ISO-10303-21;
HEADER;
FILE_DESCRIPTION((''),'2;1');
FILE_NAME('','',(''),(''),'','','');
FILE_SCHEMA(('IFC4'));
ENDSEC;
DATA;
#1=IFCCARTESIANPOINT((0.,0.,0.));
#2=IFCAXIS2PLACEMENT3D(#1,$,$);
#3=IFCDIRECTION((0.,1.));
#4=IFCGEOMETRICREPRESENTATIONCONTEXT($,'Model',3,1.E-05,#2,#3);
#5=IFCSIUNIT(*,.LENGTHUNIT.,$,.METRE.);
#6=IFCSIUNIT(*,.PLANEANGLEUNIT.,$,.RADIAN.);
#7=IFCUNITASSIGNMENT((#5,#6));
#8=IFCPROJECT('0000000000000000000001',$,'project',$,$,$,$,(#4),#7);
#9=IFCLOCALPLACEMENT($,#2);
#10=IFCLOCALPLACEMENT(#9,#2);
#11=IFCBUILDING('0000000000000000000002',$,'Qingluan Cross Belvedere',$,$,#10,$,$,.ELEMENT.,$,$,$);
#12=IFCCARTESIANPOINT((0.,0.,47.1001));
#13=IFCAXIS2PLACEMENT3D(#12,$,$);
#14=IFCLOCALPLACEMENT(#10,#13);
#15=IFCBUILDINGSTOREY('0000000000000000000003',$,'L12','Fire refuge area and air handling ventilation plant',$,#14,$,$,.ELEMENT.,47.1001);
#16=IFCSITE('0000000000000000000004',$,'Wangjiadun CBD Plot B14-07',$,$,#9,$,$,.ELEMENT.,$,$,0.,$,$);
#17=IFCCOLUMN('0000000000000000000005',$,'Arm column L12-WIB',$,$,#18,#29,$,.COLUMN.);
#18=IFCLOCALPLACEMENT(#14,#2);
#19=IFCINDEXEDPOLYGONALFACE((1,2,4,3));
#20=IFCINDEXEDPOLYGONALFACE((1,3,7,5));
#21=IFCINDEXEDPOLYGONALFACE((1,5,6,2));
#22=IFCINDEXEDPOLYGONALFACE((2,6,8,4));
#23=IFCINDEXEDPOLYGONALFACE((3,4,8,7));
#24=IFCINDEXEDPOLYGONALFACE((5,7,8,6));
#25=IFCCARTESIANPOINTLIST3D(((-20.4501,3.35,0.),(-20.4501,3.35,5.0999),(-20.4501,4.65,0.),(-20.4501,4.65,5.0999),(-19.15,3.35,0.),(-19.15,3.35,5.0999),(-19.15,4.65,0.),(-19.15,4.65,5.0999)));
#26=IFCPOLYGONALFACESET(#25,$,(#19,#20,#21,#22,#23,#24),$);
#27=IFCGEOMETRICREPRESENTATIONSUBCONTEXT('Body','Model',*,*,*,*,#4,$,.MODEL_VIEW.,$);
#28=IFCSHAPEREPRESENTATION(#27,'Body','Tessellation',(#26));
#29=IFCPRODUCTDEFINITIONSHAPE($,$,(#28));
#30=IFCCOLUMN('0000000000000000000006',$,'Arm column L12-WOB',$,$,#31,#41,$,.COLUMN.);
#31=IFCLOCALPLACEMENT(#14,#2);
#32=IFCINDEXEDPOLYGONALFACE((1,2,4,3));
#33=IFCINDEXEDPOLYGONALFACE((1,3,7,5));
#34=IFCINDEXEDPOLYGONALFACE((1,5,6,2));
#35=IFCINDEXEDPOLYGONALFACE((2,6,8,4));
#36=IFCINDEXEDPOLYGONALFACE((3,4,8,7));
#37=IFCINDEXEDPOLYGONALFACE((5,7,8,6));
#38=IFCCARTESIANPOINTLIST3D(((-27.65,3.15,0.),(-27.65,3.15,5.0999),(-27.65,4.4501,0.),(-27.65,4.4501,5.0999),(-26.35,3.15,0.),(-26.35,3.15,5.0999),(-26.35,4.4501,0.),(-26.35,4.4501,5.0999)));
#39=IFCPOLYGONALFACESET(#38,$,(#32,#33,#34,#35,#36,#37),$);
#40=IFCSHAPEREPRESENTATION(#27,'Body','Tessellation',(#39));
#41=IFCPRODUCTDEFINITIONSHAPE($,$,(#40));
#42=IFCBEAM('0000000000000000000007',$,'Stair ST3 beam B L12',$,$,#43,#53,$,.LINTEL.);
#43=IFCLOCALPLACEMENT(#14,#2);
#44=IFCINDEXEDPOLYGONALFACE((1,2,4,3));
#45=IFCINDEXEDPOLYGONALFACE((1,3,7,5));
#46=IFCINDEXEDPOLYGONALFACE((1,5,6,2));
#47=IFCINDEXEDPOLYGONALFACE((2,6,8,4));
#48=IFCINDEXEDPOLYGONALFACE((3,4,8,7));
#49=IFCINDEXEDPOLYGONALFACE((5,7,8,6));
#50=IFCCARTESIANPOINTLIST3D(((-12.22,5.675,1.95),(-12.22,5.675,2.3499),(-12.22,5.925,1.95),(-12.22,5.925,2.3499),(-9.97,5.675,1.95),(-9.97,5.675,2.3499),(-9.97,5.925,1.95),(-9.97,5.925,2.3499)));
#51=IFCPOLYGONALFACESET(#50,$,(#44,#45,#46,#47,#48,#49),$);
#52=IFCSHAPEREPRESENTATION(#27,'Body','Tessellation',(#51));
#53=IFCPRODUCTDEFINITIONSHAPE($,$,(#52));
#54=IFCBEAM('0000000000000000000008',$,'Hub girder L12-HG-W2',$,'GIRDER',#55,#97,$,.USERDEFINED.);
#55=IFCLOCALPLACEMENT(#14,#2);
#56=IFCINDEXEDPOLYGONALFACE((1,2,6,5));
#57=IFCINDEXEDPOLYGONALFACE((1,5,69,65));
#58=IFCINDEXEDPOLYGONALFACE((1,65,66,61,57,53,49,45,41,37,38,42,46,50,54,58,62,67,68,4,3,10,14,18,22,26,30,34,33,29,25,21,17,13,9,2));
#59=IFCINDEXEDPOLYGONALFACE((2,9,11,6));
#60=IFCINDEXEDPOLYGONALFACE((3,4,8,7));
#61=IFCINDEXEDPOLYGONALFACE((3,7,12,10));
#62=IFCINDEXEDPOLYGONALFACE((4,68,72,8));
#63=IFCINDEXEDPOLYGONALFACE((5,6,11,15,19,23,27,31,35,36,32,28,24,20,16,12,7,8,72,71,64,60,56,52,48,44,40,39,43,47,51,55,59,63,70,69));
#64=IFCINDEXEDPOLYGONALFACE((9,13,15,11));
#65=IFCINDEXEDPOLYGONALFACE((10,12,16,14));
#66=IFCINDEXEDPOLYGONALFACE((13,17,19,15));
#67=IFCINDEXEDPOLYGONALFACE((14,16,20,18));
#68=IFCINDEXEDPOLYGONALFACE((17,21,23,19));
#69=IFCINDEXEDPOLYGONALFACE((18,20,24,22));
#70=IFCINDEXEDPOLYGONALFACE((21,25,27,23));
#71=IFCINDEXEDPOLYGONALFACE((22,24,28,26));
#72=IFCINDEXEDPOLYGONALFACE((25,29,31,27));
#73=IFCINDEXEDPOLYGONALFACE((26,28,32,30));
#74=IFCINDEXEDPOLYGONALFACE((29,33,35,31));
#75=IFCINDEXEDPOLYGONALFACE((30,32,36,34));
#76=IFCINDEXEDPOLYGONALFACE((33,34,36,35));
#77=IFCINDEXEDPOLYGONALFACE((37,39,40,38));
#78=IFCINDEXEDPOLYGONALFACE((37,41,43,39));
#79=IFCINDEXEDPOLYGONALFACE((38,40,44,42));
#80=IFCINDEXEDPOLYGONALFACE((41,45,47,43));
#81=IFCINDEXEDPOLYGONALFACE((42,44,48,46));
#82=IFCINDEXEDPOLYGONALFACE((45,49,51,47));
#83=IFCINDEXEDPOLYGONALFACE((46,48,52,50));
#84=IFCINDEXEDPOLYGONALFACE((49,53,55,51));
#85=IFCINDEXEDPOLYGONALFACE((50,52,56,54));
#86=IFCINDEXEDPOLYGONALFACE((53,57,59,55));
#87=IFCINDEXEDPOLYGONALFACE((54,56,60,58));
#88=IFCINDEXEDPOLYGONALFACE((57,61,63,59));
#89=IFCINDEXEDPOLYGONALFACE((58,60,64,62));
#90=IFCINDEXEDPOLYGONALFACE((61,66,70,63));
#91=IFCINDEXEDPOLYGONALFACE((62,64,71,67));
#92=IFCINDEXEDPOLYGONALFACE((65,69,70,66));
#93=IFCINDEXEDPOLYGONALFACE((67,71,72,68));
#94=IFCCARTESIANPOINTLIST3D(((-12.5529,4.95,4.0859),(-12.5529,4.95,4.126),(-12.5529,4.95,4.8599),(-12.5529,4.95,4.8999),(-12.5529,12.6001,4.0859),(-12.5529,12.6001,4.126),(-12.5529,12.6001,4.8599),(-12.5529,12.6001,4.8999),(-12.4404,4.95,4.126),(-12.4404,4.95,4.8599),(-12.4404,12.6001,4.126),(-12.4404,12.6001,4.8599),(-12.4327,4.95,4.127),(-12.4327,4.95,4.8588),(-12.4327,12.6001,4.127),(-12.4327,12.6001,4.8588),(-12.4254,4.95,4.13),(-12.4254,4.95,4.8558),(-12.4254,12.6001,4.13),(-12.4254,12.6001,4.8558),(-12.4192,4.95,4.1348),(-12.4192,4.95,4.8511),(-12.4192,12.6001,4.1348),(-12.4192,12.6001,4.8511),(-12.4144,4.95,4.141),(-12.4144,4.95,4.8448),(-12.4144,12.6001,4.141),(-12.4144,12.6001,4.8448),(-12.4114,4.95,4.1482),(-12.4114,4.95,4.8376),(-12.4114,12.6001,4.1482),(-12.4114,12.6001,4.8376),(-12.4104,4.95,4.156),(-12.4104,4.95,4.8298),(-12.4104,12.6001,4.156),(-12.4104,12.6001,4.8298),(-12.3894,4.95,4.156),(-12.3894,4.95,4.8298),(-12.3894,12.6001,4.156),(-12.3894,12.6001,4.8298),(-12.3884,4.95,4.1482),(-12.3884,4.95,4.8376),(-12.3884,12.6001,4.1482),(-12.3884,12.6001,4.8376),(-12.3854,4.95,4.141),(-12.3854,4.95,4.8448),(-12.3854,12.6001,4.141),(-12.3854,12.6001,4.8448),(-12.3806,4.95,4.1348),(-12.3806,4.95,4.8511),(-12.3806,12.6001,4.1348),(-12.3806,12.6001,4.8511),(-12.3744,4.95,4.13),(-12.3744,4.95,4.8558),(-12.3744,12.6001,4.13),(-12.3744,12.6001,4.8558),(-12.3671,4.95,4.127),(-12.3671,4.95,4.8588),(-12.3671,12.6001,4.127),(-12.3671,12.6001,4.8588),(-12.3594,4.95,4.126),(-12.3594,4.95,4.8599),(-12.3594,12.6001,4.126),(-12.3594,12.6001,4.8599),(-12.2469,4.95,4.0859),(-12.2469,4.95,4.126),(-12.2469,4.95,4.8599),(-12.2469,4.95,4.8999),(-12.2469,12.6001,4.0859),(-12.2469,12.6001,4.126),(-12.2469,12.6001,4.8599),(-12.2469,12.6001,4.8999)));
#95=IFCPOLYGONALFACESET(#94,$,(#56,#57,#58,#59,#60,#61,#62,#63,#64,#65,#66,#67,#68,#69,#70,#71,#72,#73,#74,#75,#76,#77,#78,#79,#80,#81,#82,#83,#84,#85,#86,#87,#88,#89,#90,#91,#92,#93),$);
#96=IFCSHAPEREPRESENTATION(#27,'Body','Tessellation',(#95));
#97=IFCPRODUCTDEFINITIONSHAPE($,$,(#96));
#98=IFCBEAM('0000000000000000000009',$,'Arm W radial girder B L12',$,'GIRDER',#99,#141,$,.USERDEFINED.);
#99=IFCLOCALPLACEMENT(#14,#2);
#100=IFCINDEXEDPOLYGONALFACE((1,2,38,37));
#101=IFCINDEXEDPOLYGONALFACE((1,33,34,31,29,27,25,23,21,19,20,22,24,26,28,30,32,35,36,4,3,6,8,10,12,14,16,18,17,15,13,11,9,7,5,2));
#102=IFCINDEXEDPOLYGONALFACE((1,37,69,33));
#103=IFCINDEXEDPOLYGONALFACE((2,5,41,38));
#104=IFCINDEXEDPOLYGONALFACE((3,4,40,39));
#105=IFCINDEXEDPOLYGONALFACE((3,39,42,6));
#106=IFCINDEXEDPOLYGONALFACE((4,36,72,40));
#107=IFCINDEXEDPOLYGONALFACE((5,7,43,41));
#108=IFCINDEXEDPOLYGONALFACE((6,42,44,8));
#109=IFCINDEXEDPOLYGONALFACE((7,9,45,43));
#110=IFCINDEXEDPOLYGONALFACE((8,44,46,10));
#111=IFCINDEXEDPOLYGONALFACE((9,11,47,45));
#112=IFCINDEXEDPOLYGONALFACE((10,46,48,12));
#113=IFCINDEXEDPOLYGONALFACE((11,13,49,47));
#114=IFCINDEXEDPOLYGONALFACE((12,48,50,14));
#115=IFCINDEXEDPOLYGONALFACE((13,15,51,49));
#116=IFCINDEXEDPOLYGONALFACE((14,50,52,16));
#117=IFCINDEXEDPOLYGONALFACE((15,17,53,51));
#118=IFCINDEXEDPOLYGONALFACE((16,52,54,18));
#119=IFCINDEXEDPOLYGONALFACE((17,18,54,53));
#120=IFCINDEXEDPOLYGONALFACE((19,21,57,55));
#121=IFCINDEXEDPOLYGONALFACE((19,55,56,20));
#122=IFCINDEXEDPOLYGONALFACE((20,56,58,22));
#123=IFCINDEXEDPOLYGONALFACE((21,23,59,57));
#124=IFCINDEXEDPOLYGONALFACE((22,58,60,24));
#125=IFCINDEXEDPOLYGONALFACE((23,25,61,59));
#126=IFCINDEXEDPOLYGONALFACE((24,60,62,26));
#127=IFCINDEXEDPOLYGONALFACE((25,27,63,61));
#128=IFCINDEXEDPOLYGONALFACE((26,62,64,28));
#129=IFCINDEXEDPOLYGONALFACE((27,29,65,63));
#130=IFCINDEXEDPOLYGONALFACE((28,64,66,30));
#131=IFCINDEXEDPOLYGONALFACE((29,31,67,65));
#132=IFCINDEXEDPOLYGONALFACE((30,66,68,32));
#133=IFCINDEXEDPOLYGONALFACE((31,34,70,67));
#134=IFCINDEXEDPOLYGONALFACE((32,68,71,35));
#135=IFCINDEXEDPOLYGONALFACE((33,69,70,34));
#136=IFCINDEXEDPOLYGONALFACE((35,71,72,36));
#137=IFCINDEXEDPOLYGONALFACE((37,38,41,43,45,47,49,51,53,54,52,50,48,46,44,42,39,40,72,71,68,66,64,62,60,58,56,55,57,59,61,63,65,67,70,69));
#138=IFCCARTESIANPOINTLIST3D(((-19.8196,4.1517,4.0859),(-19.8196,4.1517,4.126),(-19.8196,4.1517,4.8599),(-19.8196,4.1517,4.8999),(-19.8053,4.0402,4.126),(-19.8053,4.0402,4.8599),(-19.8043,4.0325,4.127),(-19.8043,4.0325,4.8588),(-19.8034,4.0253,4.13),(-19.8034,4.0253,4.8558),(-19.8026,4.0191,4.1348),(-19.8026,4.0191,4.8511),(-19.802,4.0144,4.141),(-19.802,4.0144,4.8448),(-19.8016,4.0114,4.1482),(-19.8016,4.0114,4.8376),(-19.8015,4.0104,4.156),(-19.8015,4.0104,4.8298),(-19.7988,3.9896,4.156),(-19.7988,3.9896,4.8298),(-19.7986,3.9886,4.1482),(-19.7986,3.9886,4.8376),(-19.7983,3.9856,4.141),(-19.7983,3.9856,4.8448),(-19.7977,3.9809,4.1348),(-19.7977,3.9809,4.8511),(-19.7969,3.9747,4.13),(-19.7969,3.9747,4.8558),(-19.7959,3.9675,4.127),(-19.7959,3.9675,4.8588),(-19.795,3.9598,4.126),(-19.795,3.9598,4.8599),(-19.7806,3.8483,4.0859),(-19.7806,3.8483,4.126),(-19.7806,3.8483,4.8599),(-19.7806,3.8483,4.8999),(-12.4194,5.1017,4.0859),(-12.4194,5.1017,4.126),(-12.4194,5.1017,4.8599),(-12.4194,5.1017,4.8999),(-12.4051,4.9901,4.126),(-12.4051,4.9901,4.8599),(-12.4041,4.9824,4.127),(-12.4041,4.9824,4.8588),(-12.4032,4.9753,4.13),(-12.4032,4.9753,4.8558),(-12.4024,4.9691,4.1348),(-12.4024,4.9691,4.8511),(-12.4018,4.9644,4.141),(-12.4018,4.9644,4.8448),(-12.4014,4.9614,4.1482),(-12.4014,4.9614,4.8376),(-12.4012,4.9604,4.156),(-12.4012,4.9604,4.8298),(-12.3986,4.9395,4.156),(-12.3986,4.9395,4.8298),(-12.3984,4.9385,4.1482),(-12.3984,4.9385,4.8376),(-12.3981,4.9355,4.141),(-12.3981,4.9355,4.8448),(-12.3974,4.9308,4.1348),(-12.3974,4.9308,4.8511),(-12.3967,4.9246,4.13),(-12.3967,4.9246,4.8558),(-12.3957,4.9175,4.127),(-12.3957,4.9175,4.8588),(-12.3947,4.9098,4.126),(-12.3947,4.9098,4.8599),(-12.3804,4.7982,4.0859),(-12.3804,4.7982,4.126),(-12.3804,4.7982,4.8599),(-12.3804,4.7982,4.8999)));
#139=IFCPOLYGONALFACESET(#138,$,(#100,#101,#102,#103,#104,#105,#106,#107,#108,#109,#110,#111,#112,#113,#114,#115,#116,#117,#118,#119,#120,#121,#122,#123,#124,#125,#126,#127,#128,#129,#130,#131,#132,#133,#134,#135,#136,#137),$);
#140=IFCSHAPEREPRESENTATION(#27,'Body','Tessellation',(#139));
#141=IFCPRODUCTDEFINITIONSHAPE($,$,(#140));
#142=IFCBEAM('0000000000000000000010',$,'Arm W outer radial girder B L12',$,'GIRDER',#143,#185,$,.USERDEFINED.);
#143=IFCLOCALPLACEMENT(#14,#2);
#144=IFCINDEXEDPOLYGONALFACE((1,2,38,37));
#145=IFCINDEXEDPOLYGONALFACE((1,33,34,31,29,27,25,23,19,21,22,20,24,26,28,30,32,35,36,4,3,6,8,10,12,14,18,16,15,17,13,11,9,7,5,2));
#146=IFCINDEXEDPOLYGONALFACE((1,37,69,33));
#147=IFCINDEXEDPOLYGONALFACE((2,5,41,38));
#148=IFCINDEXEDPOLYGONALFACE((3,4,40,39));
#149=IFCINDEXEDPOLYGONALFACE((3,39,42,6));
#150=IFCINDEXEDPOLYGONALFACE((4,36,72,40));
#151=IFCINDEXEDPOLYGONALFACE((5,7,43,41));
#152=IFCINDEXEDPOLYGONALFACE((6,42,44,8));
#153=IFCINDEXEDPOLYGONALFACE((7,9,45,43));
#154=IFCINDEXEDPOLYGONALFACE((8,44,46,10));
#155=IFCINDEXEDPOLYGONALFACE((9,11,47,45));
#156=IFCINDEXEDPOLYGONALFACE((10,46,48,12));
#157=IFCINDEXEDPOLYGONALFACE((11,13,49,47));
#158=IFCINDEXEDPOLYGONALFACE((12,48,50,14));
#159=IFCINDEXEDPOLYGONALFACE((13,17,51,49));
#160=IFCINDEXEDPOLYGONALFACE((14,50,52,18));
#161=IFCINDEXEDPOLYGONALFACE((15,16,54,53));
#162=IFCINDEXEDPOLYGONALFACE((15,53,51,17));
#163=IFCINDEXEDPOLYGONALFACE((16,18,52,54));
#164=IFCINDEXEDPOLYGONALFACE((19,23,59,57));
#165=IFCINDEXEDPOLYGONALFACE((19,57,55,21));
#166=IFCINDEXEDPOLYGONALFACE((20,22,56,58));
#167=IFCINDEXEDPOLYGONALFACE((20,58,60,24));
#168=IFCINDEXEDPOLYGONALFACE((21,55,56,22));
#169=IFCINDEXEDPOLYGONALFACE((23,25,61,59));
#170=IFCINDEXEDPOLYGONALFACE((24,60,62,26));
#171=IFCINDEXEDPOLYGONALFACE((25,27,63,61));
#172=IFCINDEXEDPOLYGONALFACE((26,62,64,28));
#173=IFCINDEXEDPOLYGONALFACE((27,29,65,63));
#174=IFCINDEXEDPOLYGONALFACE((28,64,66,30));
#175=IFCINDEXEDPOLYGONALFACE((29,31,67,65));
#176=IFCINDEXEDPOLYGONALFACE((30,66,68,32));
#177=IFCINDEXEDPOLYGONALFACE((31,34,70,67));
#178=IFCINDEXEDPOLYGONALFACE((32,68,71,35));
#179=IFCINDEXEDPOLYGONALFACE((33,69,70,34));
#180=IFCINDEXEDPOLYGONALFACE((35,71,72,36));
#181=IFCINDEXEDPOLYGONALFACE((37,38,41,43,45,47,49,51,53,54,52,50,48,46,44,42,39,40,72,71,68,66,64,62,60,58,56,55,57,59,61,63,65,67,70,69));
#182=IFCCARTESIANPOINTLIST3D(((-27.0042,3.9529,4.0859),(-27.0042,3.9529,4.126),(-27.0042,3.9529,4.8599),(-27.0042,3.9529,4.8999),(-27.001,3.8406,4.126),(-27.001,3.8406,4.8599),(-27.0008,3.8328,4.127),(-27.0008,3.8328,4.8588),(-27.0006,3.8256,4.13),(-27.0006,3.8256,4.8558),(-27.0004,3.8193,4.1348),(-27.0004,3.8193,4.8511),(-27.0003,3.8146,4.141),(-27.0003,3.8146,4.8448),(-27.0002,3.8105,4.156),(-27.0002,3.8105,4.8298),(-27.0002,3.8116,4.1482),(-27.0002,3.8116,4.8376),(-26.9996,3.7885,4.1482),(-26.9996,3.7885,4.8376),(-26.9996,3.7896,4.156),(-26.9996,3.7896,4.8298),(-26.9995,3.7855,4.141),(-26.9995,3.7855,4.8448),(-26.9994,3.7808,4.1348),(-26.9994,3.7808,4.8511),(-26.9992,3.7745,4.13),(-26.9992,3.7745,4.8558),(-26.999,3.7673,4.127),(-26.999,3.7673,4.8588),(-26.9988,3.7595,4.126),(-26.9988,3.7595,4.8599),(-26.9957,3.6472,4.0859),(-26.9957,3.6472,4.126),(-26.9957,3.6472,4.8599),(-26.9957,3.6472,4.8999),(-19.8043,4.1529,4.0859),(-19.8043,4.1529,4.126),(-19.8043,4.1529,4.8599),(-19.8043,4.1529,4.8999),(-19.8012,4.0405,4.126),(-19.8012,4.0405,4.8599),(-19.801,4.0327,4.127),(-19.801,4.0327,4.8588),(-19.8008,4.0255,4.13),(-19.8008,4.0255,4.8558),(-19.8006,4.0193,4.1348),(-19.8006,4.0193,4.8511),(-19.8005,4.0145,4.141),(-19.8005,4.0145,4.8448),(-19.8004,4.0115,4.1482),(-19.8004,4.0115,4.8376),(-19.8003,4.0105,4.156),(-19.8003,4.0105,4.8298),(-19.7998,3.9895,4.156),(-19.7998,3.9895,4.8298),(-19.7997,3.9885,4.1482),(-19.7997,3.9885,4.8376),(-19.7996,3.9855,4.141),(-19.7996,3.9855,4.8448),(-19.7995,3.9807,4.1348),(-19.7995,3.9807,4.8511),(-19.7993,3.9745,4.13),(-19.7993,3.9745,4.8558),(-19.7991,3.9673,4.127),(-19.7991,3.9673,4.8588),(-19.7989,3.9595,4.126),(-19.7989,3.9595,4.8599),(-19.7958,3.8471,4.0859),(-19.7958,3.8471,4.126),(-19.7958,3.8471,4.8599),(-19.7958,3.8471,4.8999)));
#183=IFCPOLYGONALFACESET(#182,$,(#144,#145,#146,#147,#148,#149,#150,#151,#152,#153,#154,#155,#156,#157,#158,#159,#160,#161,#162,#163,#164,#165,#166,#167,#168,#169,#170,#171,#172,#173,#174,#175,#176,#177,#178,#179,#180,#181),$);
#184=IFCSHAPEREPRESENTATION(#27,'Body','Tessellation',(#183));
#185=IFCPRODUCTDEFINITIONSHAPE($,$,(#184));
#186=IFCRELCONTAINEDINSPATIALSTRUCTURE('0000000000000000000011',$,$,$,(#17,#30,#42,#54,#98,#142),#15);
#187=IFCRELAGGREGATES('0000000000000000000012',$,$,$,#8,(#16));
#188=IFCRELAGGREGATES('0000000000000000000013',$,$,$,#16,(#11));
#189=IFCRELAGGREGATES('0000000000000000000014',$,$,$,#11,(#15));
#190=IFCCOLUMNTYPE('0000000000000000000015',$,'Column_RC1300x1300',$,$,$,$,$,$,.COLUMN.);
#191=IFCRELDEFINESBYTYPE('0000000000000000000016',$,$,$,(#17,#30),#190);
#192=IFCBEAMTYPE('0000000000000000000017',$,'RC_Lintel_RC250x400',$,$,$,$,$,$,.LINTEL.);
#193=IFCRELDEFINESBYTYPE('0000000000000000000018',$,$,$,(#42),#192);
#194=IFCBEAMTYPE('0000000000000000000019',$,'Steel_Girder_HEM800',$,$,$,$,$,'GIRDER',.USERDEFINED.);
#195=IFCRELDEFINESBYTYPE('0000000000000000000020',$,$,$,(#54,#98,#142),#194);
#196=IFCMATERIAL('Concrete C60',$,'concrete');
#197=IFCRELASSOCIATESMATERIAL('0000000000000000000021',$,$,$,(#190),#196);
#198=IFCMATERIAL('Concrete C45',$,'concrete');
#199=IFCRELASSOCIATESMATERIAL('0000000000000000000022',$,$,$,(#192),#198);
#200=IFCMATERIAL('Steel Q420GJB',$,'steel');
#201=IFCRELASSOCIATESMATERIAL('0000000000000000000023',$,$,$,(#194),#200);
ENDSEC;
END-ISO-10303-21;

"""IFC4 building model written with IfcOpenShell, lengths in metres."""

from ifc_helpers import new_model, si_unit, direction, frame, origin, origin_2d, place, context, subcontext, project, spatial, rectangle, i_section, extrude, material, material_profile, profile_set, type_object, element, save


model = new_model("IFC4")

# Units and contexts
model_context = context("Model", 3, precision=1e-05, world=origin(), true_north=direction((0.0, 1.0)))
body_context = subcontext(model_context, "Body", "Model", "MODEL_VIEW")
ifc_project = project(units=[si_unit("LENGTHUNIT", "METRE"), si_unit("PLANEANGLEUNIT", "RADIAN")], contexts=[model_context])

# Site, building, storey
site_placement = place(None, origin())
site = spatial("IfcSite", under=ifc_project, at=site_placement, Name="Wangjiadun CBD Plot B14-07", CompositionType="ELEMENT", RefElevation=0.0)
building_placement = place(site_placement, origin())
building = spatial("IfcBuilding", under=site, at=building_placement, Name="Qingluan Cross Belvedere", CompositionType="ELEMENT")
storey_placement = place(building_placement, frame((0.0, 0.0, 47.1001)))
storey = spatial("IfcBuildingStorey", under=building, at=storey_placement, Name="L12", Description="Fire refuge area and air handling ventilation plant", CompositionType="ELEMENT", Elevation=47.1001)

# Columns
ifc_material_1 = material(Name="Concrete C60", Category="concrete")
ifc_material_profile_1 = material_profile(ifc_material_1, rectangle(XDim=1.3, YDim=1.3, at=origin_2d()), Name="RC1300x1300")
ifc_profile_set_1 = profile_set([ifc_material_profile_1], Name="Concrete C60")
column_type = type_object("IfcColumnType", Name="Column_RC1300x1300", PredefinedType="COLUMN", material=ifc_profile_set_1)
for number, where, z_axis, x_axis, name in (
    (1, (-19.8, 4.0, 0.0), (0.0, 0.0, 1.0), (1.0, 0.0, 0.0), "Arm column L12-WIB"),
    (2, (-27.0, 3.8, 0.0), (0.0, 0.0, 1.0), (1.0, 0.0, 0.0), "Arm column L12-WOB"),
):
    element("IfcColumn", number, at=place(storey_placement, frame(where, z_axis=z_axis, x_axis=x_axis)), inside=storey, type_object=column_type, Name=name, PredefinedType="COLUMN", context=body_context, shape_type="SweptSolid", body=[
        extrude(rectangle(XDim=1.3, YDim=1.3, at=origin_2d()), origin(), (0.0, 0.0, 1.0), 5.0999),
    ])

# Beams
ifc_material_2 = material(Name="Concrete C45", Category="concrete")
ifc_material_profile_2 = material_profile(ifc_material_2, rectangle(XDim=0.25, YDim=0.3999, at=origin_2d()), Name="RC250x400")
ifc_profile_set_2 = profile_set([ifc_material_profile_2], Name="Concrete C45")
beam_type_1 = type_object("IfcBeamType", Name="RC_Lintel_RC250x400", PredefinedType="LINTEL", material=ifc_profile_set_2)
beam_1_placement = place(storey_placement, frame((-12.22, 5.8, 2.1499), z_axis=(1.0, 0.0, 0.0), x_axis=(0.0, 1.0, 0.0)))
element("IfcBeam", 3, at=beam_1_placement, inside=storey, type_object=beam_type_1, Name="Stair ST3 beam B L12", PredefinedType="LINTEL", context=body_context, shape_type="SweptSolid", body=[
    extrude(rectangle(XDim=0.25, YDim=0.3999, at=origin_2d()), origin(), (0.0, 0.0, 1.0), 2.25),
])
ifc_material_3 = material(Name="Steel Q420GJB", Category="steel")
ifc_material_profile_3 = material_profile(ifc_material_3, i_section(OverallWidth=0.3059, OverallDepth=0.814, WebThickness=0.021, FlangeThickness=0.04, FilletRadius=0.03, at=origin_2d()), Name="HEM800")
ifc_profile_set_3 = profile_set([ifc_material_profile_3], Name="Steel Q420GJB")
beam_type_2 = type_object("IfcBeamType", Name="Steel_Girder_HEM800", ElementType="GIRDER", PredefinedType="USERDEFINED", material=ifc_profile_set_3)
beam_2_placement = place(storey_placement, frame((-12.3999, 4.95, 4.4929), z_axis=(0.0, 1.0, 0.0), x_axis=(-1.0, 0.0, 0.0)))
element("IfcBeam", 4, at=beam_2_placement, inside=storey, type_object=beam_type_2, Name="Hub girder L12-HG-W2", ObjectType="GIRDER", PredefinedType="USERDEFINED", context=body_context, shape_type="SweptSolid", body=[
    extrude(i_section(OverallWidth=0.3059, OverallDepth=0.814, WebThickness=0.021, FlangeThickness=0.04, FilletRadius=0.03, at=origin_2d()), origin(), (0.0, 0.0, 1.0), 7.6501),
])
beam_3_placement = place(storey_placement, frame((-12.3999, 4.95, 4.4929), z_axis=(-0.991861, -0.127324, 0.0), x_axis=(0.127324, -0.991861, 0.0)))
element("IfcBeam", 5, at=beam_3_placement, inside=storey, type_object=beam_type_2, Name="Arm W radial girder B L12", ObjectType="GIRDER", PredefinedType="USERDEFINED", context=body_context, shape_type="SweptSolid", body=[
    extrude(i_section(OverallWidth=0.3059, OverallDepth=0.814, WebThickness=0.021, FlangeThickness=0.04, FilletRadius=0.03, at=origin_2d()), origin(), (0.0, 0.0, 1.0), 7.4609),
])
beam_4_placement = place(storey_placement, frame((-19.8, 4.0, 4.4929), z_axis=(-0.999615, -0.02776, 0.0), x_axis=(0.02776, -0.999615, 0.0)))
element("IfcBeam", 6, at=beam_4_placement, inside=storey, type_object=beam_type_2, Name="Arm W outer radial girder B L12", ObjectType="GIRDER", PredefinedType="USERDEFINED", context=body_context, shape_type="SweptSolid", body=[
    extrude(i_section(OverallWidth=0.3059, OverallDepth=0.814, WebThickness=0.021, FlangeThickness=0.04, FilletRadius=0.03, at=origin_2d()), origin(), (0.0, 0.0, 1.0), 7.2026),
])

save(model, "model.ifc")
